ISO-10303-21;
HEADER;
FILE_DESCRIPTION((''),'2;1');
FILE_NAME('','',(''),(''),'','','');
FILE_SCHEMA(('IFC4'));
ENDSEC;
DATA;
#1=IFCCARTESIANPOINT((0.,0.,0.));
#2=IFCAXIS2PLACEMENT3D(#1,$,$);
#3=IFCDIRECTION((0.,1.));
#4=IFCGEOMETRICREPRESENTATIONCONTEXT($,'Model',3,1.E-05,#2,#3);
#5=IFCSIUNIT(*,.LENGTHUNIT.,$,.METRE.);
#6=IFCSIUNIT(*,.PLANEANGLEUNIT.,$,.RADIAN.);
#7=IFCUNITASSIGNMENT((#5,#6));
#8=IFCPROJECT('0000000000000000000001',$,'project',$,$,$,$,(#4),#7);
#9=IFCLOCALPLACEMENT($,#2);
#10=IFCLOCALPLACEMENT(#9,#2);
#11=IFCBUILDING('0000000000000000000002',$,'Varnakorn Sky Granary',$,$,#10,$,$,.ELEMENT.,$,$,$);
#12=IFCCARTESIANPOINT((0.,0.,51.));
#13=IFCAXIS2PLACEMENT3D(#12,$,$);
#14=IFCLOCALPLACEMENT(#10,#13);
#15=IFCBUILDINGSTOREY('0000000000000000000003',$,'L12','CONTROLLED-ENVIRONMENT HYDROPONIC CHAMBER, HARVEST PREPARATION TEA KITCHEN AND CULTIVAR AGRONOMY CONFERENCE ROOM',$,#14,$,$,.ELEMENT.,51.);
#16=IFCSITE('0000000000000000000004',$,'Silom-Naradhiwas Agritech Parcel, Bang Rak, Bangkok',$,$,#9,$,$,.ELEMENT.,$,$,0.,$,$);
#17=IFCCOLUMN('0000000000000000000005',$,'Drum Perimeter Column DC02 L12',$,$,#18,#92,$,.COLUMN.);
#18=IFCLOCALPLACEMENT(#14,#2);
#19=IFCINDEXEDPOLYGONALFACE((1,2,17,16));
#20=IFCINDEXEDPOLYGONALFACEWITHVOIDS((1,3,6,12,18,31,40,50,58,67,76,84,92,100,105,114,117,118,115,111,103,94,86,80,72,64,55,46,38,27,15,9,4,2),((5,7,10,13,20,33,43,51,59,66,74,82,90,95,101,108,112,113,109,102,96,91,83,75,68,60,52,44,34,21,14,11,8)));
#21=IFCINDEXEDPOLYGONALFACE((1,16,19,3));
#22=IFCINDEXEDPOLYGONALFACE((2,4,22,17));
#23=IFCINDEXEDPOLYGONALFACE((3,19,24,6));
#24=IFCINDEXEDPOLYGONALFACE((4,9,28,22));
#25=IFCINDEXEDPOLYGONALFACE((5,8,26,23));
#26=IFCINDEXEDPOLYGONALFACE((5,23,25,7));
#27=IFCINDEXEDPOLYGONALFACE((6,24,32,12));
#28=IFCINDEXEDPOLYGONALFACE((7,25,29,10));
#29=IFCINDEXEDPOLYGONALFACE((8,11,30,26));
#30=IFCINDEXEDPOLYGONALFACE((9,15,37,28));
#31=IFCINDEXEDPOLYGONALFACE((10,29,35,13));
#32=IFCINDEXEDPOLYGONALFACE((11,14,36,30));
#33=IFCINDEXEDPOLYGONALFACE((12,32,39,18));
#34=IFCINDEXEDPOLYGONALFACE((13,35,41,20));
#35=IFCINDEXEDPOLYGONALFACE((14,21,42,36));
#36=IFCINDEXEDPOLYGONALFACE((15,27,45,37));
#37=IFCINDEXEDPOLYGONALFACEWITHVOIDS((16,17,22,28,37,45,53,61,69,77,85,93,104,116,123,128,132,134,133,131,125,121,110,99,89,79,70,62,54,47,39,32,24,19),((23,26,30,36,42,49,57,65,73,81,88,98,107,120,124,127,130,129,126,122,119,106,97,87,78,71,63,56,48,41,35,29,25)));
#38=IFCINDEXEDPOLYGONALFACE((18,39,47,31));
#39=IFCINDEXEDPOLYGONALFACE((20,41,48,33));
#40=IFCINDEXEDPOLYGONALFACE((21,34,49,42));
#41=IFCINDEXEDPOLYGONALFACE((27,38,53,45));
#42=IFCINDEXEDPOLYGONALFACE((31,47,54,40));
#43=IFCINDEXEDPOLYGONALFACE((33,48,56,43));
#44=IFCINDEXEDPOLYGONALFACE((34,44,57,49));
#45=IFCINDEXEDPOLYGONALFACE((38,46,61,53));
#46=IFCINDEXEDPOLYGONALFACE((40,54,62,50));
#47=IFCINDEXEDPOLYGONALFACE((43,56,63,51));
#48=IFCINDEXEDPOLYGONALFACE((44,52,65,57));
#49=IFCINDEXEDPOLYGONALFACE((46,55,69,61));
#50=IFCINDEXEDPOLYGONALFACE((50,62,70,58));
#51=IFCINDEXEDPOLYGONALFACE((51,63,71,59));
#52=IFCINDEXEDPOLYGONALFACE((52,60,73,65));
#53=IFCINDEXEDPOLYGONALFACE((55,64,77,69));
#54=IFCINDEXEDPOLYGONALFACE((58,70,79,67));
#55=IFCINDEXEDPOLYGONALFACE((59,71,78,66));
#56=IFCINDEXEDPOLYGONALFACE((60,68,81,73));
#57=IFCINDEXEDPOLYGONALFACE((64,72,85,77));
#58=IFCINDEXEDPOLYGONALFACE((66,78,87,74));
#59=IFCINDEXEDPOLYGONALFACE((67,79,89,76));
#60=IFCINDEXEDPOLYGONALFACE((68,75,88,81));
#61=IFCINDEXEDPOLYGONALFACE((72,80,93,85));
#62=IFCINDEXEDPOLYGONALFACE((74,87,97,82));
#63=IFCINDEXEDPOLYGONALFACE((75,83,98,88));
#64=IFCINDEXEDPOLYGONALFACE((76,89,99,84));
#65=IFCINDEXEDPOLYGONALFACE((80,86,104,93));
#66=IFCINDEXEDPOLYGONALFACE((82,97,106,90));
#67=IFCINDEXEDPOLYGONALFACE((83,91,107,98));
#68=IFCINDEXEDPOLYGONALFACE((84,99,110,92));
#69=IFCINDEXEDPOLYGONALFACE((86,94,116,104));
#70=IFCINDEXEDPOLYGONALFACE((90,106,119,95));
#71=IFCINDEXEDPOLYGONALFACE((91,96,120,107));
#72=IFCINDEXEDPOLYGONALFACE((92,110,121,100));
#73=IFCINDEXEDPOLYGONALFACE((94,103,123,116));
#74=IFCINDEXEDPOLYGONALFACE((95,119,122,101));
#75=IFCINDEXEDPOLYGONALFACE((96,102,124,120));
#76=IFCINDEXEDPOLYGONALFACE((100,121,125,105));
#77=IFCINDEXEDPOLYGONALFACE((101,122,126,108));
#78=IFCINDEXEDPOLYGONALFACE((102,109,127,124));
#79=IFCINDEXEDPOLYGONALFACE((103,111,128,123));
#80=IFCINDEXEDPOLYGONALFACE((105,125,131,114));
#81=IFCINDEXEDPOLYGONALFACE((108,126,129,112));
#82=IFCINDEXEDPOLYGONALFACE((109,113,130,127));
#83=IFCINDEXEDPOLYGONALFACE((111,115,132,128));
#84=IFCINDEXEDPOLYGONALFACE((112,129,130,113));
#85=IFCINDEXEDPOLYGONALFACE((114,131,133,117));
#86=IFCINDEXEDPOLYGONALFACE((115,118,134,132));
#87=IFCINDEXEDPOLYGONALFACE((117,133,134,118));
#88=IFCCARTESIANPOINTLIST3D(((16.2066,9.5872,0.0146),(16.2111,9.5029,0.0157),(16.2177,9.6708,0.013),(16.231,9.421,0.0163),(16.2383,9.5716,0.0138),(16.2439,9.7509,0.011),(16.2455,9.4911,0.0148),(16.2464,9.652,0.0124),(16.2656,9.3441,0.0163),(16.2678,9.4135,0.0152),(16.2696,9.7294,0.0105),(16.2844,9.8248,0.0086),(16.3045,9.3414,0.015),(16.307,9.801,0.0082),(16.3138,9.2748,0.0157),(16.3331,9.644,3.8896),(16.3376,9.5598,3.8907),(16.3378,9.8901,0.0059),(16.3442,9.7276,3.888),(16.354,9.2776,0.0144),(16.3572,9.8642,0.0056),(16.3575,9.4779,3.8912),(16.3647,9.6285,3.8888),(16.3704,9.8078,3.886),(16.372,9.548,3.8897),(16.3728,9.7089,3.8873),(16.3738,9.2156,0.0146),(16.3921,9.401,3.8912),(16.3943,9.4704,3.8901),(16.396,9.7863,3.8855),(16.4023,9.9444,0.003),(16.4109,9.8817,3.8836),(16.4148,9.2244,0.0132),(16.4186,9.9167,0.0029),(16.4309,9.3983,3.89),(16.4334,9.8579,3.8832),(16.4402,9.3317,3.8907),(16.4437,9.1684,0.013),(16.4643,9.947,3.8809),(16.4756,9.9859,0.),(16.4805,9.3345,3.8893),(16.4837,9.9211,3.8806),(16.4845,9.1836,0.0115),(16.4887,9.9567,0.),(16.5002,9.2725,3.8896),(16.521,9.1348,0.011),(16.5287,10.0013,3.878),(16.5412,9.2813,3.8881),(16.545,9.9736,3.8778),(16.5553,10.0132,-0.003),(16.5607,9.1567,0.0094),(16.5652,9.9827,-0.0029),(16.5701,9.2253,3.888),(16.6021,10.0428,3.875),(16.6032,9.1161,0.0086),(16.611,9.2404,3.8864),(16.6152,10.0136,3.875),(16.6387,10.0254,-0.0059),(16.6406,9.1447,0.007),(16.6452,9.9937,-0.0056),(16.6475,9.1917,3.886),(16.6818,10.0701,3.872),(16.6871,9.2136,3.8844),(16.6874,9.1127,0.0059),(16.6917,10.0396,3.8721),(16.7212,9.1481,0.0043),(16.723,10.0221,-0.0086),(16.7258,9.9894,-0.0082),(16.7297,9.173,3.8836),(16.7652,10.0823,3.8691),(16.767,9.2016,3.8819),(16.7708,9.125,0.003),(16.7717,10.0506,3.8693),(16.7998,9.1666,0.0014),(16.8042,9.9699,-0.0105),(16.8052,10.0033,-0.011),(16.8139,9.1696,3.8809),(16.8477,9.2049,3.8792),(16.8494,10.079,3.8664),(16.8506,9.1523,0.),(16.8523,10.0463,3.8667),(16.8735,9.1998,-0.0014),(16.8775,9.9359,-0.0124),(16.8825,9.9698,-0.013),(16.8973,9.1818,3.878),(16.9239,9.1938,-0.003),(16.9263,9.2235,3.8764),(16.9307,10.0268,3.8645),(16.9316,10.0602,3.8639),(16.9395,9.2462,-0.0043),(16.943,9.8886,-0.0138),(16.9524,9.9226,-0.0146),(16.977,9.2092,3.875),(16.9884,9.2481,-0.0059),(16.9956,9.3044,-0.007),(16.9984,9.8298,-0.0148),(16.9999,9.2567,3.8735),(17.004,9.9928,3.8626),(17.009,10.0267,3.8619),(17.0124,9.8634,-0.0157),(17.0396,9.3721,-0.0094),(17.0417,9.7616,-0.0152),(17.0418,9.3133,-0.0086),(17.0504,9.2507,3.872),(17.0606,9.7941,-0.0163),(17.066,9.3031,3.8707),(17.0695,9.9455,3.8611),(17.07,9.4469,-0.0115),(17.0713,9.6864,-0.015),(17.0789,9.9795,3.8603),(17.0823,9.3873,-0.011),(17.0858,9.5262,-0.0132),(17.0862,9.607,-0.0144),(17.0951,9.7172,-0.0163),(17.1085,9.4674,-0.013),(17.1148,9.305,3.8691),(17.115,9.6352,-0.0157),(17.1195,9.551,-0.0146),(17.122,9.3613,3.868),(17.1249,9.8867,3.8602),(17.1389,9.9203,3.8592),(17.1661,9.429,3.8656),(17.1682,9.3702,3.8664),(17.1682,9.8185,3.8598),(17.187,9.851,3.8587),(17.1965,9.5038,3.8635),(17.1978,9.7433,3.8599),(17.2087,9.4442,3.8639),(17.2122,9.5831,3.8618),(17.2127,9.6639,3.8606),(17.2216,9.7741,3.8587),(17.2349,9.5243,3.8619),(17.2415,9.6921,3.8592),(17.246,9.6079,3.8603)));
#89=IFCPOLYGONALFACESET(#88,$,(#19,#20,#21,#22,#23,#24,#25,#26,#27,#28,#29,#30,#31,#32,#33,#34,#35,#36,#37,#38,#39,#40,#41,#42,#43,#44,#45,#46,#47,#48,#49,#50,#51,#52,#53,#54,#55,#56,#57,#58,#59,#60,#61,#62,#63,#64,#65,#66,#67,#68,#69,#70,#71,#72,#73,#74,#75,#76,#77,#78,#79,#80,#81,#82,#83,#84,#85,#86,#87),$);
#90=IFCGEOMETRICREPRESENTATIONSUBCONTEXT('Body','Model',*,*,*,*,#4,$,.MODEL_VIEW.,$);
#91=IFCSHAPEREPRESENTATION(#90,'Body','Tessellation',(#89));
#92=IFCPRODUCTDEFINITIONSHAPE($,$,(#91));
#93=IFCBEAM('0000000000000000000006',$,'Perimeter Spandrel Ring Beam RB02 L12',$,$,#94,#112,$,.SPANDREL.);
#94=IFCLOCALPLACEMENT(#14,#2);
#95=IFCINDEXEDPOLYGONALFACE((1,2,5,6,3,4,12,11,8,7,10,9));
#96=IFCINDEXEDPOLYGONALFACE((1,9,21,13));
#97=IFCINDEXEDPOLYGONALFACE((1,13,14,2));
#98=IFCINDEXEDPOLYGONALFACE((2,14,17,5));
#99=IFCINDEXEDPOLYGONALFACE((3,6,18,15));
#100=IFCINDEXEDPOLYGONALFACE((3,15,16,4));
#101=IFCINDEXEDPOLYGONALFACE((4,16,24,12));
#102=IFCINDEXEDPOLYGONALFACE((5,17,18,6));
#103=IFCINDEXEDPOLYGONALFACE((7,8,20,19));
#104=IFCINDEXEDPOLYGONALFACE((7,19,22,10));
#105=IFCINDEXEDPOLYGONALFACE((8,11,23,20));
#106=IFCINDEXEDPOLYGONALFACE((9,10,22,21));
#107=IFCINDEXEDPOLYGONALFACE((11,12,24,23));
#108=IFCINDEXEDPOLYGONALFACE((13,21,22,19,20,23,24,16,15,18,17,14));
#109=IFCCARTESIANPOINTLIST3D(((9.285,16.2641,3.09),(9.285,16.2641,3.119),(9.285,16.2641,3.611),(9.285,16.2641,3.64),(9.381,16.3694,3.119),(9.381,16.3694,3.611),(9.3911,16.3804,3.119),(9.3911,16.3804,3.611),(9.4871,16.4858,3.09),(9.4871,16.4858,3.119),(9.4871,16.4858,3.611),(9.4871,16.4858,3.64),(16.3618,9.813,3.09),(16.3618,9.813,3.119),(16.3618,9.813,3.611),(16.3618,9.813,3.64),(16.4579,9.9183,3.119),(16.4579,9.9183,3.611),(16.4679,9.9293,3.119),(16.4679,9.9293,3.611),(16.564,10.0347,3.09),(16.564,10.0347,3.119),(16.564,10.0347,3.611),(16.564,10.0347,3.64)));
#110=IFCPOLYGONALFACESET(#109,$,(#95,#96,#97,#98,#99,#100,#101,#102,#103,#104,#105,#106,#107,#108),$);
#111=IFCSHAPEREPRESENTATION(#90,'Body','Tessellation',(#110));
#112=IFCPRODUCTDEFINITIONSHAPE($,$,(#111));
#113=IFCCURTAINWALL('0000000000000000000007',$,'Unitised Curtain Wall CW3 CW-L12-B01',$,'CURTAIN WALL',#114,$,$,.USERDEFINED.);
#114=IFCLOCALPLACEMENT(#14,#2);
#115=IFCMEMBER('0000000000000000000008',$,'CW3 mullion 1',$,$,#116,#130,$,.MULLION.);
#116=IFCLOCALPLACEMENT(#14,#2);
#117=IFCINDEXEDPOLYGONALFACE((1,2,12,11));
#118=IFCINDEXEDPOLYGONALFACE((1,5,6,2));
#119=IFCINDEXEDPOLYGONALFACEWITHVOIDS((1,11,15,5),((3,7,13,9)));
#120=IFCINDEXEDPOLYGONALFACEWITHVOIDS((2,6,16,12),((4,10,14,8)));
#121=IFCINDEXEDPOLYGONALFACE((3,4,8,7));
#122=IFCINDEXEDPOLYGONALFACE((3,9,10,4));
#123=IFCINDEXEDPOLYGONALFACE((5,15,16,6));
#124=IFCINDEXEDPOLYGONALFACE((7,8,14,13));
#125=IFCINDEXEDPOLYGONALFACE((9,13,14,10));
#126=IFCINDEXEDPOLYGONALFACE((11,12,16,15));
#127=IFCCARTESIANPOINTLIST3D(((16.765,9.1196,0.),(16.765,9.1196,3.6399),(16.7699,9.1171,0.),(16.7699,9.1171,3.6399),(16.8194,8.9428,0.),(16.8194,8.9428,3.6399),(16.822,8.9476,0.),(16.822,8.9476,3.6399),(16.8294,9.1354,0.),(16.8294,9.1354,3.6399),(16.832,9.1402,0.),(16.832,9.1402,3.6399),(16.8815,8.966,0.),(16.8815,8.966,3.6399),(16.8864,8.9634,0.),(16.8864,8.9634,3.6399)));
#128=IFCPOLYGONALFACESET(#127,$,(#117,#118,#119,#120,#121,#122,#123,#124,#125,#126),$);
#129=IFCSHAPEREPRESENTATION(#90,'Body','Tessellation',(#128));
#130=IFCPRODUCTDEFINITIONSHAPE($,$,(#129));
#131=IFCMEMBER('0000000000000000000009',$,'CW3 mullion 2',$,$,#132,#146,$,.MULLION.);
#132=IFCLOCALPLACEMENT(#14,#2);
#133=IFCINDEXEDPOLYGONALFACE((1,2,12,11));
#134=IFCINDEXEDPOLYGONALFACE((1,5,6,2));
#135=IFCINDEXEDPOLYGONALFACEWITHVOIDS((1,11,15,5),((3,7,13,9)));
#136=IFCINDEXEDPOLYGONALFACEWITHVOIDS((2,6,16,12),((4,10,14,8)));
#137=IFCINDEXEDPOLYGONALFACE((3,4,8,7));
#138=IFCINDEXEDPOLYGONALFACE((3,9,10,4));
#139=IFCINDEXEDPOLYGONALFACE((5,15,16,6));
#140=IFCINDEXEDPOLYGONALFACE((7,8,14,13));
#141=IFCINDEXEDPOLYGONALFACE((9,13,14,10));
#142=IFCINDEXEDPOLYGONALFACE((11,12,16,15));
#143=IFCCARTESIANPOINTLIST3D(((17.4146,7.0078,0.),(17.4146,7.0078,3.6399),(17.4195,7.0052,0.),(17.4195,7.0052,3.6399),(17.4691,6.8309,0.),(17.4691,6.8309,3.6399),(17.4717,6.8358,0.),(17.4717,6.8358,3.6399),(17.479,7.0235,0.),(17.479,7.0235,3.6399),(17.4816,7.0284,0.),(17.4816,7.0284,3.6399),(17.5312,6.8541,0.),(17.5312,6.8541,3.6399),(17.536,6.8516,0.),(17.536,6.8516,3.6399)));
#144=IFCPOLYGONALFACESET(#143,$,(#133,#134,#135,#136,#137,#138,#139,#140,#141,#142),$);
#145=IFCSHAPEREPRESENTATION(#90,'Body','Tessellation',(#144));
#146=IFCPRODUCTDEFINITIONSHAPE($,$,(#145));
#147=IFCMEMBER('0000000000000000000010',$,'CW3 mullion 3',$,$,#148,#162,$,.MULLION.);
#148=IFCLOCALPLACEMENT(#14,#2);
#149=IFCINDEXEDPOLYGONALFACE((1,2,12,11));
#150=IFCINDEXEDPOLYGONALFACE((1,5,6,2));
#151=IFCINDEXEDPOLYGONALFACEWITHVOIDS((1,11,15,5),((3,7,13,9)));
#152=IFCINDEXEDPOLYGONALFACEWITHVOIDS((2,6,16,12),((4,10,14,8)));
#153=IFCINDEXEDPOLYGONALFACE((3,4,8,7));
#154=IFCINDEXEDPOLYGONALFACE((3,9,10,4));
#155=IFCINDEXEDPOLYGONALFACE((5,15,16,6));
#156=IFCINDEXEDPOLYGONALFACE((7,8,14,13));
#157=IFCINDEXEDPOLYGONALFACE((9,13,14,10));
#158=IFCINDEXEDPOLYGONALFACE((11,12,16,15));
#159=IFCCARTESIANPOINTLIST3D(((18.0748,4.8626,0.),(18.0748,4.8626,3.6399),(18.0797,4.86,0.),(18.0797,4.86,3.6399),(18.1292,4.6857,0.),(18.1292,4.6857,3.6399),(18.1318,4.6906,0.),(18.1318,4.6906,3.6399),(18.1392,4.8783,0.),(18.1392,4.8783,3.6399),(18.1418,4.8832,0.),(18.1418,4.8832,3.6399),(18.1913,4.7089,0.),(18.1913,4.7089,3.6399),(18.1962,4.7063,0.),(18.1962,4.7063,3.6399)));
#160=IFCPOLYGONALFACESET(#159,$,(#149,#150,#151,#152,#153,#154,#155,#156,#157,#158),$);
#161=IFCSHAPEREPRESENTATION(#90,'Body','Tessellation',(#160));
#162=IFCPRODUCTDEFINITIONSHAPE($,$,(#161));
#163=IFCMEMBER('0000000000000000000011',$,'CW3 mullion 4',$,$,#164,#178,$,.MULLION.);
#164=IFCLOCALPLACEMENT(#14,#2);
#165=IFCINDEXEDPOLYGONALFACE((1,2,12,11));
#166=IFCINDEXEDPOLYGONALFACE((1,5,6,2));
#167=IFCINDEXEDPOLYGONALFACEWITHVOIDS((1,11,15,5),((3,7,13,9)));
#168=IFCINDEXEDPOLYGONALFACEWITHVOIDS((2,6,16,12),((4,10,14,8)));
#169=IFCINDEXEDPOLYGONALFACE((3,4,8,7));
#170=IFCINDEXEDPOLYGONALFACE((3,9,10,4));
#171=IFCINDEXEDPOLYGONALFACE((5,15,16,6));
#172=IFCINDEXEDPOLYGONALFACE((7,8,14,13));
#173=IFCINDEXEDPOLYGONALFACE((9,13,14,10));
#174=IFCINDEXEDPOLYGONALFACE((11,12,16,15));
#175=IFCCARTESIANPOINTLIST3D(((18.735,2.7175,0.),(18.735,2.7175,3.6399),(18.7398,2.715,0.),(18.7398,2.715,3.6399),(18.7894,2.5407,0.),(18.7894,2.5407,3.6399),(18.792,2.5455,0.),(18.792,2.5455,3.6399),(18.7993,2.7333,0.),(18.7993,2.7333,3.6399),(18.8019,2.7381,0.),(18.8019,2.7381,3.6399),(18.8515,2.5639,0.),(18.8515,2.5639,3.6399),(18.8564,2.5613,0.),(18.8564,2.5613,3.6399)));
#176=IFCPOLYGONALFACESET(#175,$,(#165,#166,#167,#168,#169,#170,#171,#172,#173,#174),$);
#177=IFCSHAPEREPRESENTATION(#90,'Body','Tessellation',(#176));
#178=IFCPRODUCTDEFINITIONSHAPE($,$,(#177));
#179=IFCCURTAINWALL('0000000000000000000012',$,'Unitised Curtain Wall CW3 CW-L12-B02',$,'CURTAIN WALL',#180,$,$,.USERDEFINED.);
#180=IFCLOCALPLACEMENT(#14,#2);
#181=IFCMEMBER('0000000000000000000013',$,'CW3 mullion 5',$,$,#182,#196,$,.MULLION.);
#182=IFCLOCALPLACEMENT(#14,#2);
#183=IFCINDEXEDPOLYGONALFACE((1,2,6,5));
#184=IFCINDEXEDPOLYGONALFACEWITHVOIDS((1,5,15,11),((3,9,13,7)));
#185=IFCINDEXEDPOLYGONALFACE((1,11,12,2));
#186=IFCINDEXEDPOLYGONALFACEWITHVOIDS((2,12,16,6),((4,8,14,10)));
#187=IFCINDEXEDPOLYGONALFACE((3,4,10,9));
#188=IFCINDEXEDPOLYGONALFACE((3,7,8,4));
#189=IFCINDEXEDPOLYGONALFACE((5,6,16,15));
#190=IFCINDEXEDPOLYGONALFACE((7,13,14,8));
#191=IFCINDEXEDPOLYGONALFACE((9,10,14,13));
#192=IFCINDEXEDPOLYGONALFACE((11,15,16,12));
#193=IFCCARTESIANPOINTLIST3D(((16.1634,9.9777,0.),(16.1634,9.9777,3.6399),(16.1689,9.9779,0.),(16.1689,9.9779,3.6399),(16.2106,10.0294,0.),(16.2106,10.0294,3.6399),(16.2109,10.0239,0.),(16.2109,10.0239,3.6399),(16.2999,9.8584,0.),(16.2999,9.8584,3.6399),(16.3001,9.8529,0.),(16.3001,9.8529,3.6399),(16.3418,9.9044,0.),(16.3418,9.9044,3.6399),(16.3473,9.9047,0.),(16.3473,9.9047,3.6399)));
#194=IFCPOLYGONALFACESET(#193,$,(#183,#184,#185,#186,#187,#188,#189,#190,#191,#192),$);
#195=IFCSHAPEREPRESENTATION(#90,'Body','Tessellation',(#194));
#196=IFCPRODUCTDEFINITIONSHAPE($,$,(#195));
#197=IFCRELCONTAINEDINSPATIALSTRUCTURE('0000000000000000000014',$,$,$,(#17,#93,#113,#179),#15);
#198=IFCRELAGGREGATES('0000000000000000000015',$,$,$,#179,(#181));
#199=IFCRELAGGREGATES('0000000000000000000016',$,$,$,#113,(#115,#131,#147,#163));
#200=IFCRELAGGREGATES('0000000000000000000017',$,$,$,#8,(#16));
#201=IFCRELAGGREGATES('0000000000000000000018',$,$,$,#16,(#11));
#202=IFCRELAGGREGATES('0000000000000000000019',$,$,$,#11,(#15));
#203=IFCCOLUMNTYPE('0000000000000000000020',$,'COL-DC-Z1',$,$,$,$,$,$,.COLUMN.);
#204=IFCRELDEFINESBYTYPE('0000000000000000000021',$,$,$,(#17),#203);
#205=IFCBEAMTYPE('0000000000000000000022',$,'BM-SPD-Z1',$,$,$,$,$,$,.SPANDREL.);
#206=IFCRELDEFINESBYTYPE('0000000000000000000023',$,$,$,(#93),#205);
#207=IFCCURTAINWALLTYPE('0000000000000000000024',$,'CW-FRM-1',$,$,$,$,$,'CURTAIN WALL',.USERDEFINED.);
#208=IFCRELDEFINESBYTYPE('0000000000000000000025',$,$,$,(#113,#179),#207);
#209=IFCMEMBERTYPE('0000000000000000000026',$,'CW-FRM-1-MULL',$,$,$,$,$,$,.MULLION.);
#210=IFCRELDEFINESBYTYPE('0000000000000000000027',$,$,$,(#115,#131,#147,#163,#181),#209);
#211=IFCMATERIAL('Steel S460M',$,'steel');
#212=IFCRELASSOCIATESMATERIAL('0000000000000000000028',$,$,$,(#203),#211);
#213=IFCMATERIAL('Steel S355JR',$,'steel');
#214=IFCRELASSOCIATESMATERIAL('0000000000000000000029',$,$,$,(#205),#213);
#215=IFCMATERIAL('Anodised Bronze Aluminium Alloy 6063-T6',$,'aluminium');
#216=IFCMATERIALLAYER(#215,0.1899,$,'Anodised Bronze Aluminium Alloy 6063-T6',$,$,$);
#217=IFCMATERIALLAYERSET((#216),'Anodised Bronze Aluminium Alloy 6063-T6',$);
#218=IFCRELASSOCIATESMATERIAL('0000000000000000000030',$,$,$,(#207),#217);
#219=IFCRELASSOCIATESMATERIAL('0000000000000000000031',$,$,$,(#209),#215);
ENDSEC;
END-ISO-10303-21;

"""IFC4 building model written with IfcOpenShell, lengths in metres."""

from ifc_helpers import new_model, si_unit, direction, frame, origin, origin_2d, place, context, subcontext, project, spatial, hollow_rectangle, hollow_circle, i_section, extrude, material, layer, layer_set, material_profile, profile_set, type_object, element, aggregate, save


model = new_model("IFC4")

# Units and contexts
model_context = context("Model", 3, precision=1e-05, world=origin(), true_north=direction((0.0, 1.0)))
body_context = subcontext(model_context, "Body", "Model", "MODEL_VIEW")
ifc_project = project(units=[si_unit("LENGTHUNIT", "METRE"), si_unit("PLANEANGLEUNIT", "RADIAN")], contexts=[model_context])

# Site, building, storey
site_placement = place(None, origin())
site = spatial("IfcSite", under=ifc_project, at=site_placement, Name="Silom-Naradhiwas Agritech Parcel, Bang Rak, Bangkok", CompositionType="ELEMENT", RefElevation=0.0)
building_placement = place(site_placement, origin())
building = spatial("IfcBuilding", under=site, at=building_placement, Name="Varnakorn Sky Granary", CompositionType="ELEMENT")
storey_placement = place(building_placement, frame((0.0, 0.0, 51.0)))
storey = spatial("IfcBuildingStorey", under=building, at=storey_placement, Name="L12", Description="CONTROLLED-ENVIRONMENT HYDROPONIC CHAMBER, HARVEST PREPARATION TEA KITCHEN AND CULTIVAR AGRONOMY CONFERENCE ROOM", CompositionType="ELEMENT", Elevation=51.0)

# Column
ifc_material_1 = material(Name="Steel S460M", Category="steel")
ifc_material_profile_1 = material_profile(ifc_material_1, hollow_circle(Radius=0.457, WallThickness=0.032, at=origin_2d()), Name="CHS 914x32")
ifc_profile_set_1 = profile_set([ifc_material_profile_1], Name="Steel S460M")
column_type = type_object("IfcColumnType", Name="COL-DC-Z1", PredefinedType="COLUMN", material=ifc_profile_set_1)
column_placement = place(storey_placement, frame((16.6631, 9.5691, 0.0), z_axis=(0.032615, 0.014671, 0.99936), x_axis=(-0.410218, 0.911987, 0.0)))
element("IfcColumn", 1, at=column_placement, inside=storey, type_object=column_type, Name="Drum Perimeter Column DC02 L12", PredefinedType="COLUMN", context=body_context, shape_type="SweptSolid", body=[
    extrude(hollow_circle(Radius=0.457, WallThickness=0.032, at=origin_2d()), origin(), (0.0, 0.0, 1.0), 3.8774),
])

# Beam
ifc_material_2 = material(Name="Steel S355JR", Category="steel")
ifc_material_profile_2 = material_profile(ifc_material_2, i_section(OverallWidth=0.3, OverallDepth=0.55, WebThickness=0.0149, FlangeThickness=0.0291, at=origin_2d()), Name="HE 550 B")
ifc_profile_set_2 = profile_set([ifc_material_profile_2], Name="Steel S355JR")
beam_type = type_object("IfcBeamType", Name="BM-SPD-Z1", PredefinedType="SPANDREL", material=ifc_profile_set_2)
beam_placement = place(storey_placement, frame((16.4629, 9.9238, 3.365), z_axis=(-0.739023, 0.67368, 0.0), x_axis=(-0.67368, -0.739023, 0.0)))
element("IfcBeam", 2, at=beam_placement, inside=storey, type_object=beam_type, Name="Perimeter Spandrel Ring Beam RB02 L12", PredefinedType="SPANDREL", context=body_context, shape_type="SweptSolid", body=[
    extrude(i_section(OverallWidth=0.3, OverallDepth=0.55, WebThickness=0.0149, FlangeThickness=0.0291, at=origin_2d()), origin(), (0.0, 0.0, 1.0), 9.5759),
])

# Curtain wall, members
ifc_material_3 = material(Name="Anodised Bronze Aluminium Alloy 6063-T6", Category="aluminium")
ifc_layer_1 = layer(ifc_material_3, 0.1899, Name="Anodised Bronze Aluminium Alloy 6063-T6")
ifc_layer_set_1 = layer_set([ifc_layer_1], Name="Anodised Bronze Aluminium Alloy 6063-T6")
curtain_wall_type = type_object("IfcCurtainWallType", Name="CW-FRM-1", ElementType="CURTAIN WALL", PredefinedType="USERDEFINED", material=ifc_layer_set_1)
curtain_wall_1_placement = place(storey_placement, origin())
curtain_wall_1 = element("IfcCurtainWall", 3, at=curtain_wall_1_placement, inside=storey, type_object=curtain_wall_type, Name="Unitised Curtain Wall CW3 CW-L12-B01", ObjectType="CURTAIN WALL", PredefinedType="USERDEFINED")
ifc_material_profile_3 = material_profile(ifc_material_3, hollow_rectangle(XDim=0.0701, YDim=0.1851, WallThickness=0.0039, at=origin_2d()), Name="ALU MULL 70x185")
ifc_profile_set_3 = profile_set([ifc_material_profile_3], Name="Anodised Bronze Aluminium Alloy 6063-T6")
member_type_1 = type_object("IfcMemberType", Name="CW-FRM-1-MULL", PredefinedType="MULLION", material=ifc_profile_set_3)
member_1_placement = place(storey_placement, frame((16.8257, 9.0415, 0.0), z_axis=(0.0, 0.0, 1.0), x_axis=(0.955768, 0.294122, 0.0)))
member_1 = element("IfcMember", 4, at=member_1_placement, type_object=member_type_1, Name="CW3 mullion 1", PredefinedType="MULLION", context=body_context, shape_type="SweptSolid", body=[
    extrude(hollow_rectangle(XDim=0.0701, YDim=0.1851, WallThickness=0.0039, at=origin_2d()), origin(), (0.0, 0.0, 1.0), 3.6399),
])
member_2_placement = place(storey_placement, frame((17.4753, 6.9297, 0.0), z_axis=(0.0, 0.0, 1.0), x_axis=(0.955768, 0.294122, 0.0)))
member_2 = element("IfcMember", 5, at=member_2_placement, type_object=member_type_1, Name="CW3 mullion 2", PredefinedType="MULLION", context=body_context, shape_type="SweptSolid", body=[
    extrude(hollow_rectangle(XDim=0.0701, YDim=0.1851, WallThickness=0.0039, at=origin_2d()), origin(), (0.0, 0.0, 1.0), 3.6399),
])
member_3_placement = place(storey_placement, frame((18.1355, 4.7844, 0.0), z_axis=(0.0, 0.0, 1.0), x_axis=(0.955768, 0.294122, 0.0)))
member_3 = element("IfcMember", 6, at=member_3_placement, type_object=member_type_1, Name="CW3 mullion 3", PredefinedType="MULLION", context=body_context, shape_type="SweptSolid", body=[
    extrude(hollow_rectangle(XDim=0.0701, YDim=0.1851, WallThickness=0.0039, at=origin_2d()), origin(), (0.0, 0.0, 1.0), 3.6399),
])
member_4_placement = place(storey_placement, frame((18.7957, 2.6394, 0.0), z_axis=(0.0, 0.0, 1.0), x_axis=(0.955768, 0.294122, 0.0)))
member_4 = element("IfcMember", 7, at=member_4_placement, type_object=member_type_1, Name="CW3 mullion 4", PredefinedType="MULLION", context=body_context, shape_type="SweptSolid", body=[
    extrude(hollow_rectangle(XDim=0.0701, YDim=0.1851, WallThickness=0.0039, at=origin_2d()), origin(), (0.0, 0.0, 1.0), 3.6399),
])

# Curtain wall, member
curtain_wall_2_placement = place(storey_placement, origin())
curtain_wall_2 = element("IfcCurtainWall", 8, at=curtain_wall_2_placement, inside=storey, type_object=curtain_wall_type, Name="Unitised Curtain Wall CW3 CW-L12-B02", ObjectType="CURTAIN WALL", PredefinedType="USERDEFINED")
member_5_placement = place(storey_placement, frame((16.2554, 9.9412, 0.0), z_axis=(0.0, 0.0, 1.0), x_axis=(0.674049, 0.738686, 0.0)))
member_5 = element("IfcMember", 9, at=member_5_placement, type_object=member_type_1, Name="CW3 mullion 5", PredefinedType="MULLION", context=body_context, shape_type="SweptSolid", body=[
    extrude(hollow_rectangle(XDim=0.0701, YDim=0.1851, WallThickness=0.0039, at=origin_2d()), origin(), (0.0, 0.0, 1.0), 3.6399),
])
aggregate(curtain_wall_2, [member_5])

aggregate(curtain_wall_1, [member_1, member_2, member_3, member_4])

save(model, "model.ifc")
